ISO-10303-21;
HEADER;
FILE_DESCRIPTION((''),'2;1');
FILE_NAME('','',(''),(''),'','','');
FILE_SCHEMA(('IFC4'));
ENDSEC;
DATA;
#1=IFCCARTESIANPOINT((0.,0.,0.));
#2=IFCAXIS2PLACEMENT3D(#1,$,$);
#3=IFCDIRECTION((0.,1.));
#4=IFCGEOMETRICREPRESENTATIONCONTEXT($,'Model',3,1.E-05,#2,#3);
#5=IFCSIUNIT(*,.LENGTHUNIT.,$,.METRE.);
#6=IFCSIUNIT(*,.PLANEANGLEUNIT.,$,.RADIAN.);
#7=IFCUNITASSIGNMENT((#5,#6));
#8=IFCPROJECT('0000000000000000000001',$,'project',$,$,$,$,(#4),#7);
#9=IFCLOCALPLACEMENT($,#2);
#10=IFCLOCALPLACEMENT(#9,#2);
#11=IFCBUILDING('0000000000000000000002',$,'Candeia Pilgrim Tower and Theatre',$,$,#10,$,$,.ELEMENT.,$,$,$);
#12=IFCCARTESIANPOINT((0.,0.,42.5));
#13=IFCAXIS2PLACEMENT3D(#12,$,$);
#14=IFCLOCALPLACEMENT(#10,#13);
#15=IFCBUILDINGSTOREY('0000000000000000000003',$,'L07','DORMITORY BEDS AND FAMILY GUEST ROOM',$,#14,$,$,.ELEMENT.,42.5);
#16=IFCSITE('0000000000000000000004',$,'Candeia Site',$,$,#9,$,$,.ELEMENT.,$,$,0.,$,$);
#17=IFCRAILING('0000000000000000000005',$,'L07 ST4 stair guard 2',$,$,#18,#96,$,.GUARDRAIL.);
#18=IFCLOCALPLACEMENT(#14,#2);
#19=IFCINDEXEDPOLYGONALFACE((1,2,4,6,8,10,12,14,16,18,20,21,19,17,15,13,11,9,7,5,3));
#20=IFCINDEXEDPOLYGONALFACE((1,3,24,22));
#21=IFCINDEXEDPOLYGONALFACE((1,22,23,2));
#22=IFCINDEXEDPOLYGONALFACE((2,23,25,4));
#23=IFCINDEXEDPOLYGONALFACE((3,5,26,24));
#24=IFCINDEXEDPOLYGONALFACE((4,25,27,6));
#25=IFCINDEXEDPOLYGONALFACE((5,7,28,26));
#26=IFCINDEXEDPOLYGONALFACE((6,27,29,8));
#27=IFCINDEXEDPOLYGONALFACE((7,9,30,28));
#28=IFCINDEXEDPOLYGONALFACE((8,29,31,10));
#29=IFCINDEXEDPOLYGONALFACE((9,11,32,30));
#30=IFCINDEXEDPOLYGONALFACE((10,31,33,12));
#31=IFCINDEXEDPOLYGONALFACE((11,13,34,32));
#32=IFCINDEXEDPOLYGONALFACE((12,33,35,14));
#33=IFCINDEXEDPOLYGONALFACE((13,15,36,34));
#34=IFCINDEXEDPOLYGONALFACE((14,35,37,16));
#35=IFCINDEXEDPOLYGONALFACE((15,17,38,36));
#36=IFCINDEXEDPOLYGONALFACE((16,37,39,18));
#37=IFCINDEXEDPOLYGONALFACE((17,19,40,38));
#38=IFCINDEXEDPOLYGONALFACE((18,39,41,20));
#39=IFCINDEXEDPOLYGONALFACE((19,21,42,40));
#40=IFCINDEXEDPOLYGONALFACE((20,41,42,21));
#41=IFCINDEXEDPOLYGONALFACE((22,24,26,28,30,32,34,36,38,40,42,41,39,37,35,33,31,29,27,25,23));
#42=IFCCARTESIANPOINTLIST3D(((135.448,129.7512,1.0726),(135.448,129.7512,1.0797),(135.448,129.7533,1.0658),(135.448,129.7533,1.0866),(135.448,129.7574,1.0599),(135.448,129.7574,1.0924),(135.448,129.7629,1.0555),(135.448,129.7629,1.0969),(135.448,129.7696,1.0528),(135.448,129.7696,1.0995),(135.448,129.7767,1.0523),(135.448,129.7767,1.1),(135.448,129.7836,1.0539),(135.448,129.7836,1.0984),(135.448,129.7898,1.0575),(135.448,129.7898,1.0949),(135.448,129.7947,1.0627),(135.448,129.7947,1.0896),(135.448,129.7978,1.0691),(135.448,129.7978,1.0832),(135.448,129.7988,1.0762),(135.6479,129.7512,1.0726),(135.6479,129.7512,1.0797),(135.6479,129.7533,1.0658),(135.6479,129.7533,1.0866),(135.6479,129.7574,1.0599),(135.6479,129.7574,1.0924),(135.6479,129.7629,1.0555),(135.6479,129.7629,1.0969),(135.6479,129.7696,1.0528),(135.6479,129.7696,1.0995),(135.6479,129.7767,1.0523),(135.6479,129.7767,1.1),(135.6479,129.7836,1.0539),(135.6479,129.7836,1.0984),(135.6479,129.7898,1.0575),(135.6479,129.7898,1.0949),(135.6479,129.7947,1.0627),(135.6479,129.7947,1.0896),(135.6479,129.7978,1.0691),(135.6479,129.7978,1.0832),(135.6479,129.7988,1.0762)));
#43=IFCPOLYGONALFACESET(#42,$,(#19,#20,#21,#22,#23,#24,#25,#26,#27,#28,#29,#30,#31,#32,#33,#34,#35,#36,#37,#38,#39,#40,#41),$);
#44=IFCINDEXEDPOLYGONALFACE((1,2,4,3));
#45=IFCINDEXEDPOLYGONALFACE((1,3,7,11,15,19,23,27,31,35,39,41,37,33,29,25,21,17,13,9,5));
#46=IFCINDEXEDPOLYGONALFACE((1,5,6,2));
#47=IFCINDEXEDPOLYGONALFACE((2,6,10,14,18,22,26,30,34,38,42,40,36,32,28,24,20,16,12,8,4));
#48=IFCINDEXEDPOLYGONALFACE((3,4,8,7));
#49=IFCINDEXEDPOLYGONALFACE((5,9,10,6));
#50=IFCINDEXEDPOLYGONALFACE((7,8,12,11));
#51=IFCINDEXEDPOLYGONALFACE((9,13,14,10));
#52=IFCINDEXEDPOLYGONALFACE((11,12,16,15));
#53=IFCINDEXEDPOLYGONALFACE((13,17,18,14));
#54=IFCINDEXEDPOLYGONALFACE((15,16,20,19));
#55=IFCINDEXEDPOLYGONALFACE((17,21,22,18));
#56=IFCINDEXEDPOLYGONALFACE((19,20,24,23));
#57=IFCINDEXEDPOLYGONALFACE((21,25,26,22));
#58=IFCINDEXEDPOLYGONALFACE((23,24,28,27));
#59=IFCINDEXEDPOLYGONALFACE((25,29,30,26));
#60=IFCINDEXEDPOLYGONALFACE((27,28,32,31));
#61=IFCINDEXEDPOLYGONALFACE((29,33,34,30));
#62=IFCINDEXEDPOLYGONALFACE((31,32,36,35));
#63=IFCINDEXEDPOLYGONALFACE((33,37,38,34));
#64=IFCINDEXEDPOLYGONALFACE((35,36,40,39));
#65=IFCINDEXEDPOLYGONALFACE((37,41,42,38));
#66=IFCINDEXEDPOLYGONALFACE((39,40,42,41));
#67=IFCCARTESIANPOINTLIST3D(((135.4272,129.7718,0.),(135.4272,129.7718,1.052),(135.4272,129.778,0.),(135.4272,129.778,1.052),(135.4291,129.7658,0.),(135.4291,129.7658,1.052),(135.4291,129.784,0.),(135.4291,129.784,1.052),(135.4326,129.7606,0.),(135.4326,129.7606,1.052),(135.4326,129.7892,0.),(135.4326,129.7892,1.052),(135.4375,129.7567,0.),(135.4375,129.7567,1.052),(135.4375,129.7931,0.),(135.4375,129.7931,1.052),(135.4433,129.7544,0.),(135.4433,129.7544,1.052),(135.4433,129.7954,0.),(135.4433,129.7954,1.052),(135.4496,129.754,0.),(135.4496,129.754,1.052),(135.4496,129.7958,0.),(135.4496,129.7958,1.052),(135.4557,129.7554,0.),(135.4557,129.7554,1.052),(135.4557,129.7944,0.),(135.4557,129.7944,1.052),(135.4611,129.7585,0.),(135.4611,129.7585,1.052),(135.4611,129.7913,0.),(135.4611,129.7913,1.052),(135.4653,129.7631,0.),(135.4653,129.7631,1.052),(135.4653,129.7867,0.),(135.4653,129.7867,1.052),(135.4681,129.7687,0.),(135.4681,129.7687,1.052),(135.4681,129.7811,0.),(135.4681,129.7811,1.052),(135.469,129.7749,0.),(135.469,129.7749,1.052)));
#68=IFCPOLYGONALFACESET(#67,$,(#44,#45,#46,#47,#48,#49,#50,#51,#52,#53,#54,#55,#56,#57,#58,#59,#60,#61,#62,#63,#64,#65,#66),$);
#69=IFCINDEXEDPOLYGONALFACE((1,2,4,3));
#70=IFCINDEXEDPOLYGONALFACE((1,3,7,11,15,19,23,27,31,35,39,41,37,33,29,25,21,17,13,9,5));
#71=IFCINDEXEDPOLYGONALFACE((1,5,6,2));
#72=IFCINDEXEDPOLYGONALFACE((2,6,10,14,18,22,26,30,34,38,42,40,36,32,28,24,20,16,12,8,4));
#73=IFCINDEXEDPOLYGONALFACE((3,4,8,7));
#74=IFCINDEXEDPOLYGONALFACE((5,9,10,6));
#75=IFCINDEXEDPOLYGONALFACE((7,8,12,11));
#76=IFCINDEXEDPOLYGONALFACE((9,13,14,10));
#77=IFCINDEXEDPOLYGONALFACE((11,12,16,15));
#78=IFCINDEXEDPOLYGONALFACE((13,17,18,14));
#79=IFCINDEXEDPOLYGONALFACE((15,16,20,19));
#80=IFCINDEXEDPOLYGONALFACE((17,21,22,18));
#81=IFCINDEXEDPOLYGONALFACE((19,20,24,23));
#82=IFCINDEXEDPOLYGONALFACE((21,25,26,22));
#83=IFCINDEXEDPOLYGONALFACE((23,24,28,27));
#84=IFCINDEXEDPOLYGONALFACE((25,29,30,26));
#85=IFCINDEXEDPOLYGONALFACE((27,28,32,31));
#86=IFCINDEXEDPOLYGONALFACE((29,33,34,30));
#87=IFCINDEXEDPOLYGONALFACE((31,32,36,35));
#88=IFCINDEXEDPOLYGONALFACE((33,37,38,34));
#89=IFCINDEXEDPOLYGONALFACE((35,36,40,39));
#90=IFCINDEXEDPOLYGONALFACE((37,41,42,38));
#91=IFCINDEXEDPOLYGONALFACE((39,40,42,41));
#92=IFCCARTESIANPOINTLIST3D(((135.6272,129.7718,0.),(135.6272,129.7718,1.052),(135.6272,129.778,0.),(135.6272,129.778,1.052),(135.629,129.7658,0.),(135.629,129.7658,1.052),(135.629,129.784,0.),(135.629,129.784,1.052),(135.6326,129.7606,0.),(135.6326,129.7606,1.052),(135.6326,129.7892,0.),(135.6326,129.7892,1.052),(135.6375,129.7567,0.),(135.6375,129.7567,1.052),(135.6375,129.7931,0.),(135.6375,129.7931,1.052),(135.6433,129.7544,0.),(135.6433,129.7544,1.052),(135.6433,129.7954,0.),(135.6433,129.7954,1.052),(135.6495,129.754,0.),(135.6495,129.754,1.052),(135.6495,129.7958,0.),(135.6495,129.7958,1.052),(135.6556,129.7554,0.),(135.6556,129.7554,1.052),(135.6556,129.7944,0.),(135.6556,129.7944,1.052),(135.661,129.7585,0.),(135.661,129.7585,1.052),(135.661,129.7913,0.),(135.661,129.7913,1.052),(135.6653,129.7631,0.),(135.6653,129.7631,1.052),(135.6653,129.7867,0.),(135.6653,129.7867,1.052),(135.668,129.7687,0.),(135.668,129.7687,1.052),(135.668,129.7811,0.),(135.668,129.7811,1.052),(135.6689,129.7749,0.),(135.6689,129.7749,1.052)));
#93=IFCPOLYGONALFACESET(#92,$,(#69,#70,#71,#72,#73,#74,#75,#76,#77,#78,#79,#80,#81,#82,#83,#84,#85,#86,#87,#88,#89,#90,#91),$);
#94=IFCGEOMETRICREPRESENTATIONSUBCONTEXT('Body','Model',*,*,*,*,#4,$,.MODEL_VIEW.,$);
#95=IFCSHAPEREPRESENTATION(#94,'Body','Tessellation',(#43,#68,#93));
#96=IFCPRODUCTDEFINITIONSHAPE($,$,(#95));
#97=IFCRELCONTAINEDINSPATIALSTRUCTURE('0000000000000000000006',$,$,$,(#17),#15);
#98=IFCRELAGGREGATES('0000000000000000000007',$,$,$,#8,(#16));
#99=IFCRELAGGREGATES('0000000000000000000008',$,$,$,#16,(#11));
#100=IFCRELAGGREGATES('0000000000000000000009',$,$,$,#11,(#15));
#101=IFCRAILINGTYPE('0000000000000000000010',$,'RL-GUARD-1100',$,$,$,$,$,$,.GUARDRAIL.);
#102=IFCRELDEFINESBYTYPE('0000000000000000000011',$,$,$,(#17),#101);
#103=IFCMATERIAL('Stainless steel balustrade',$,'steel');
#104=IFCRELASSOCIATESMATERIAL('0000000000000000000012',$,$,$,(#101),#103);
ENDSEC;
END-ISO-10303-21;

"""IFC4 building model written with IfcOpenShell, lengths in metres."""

from ifc_helpers import new_model, si_unit, direction, frame, origin, origin_2d, place, context, subcontext, project, spatial, circle, extrude, material, type_object, element, save


model = new_model("IFC4")

# Units and contexts
model_context = context("Model", 3, precision=1e-05, world=origin(), true_north=direction((0.0, 1.0)))
body_context = subcontext(model_context, "Body", "Model", "MODEL_VIEW")
ifc_project = project(units=[si_unit("LENGTHUNIT", "METRE"), si_unit("PLANEANGLEUNIT", "RADIAN")], contexts=[model_context])

# Site, building, storey
site_placement = place(None, origin())
site = spatial("IfcSite", under=ifc_project, at=site_placement, Name="Candeia Site", CompositionType="ELEMENT", RefElevation=0.0)
building_placement = place(site_placement, origin())
building = spatial("IfcBuilding", under=site, at=building_placement, Name="Candeia Pilgrim Tower and Theatre", CompositionType="ELEMENT")
storey_placement = place(building_placement, frame((0.0, 0.0, 42.5)))
storey = spatial("IfcBuildingStorey", under=building, at=storey_placement, Name="L07", Description="DORMITORY BEDS AND FAMILY GUEST ROOM", CompositionType="ELEMENT", Elevation=42.5)

# Railing
ifc_material_1 = material(Name="Stainless steel balustrade", Category="steel")
railing_type_1 = type_object("IfcRailingType", Name="RL-GUARD-1100", PredefinedType="GUARDRAIL", material=ifc_material_1)
railing_1_placement = place(storey_placement, frame((135.448, 129.7749, 0.0)))
element("IfcRailing", 1, at=railing_1_placement, inside=storey, type_object=railing_type_1, Name="L07 ST4 stair guard 2", PredefinedType="GUARDRAIL", context=body_context, shape_type="SweptSolid", body=[
    extrude(circle(Radius=0.0239, at=origin_2d()), frame((0.0, 0.0, 1.0762), z_axis=(1.0, 0.0, 0.0), x_axis=(0.0, 1.0, 0.0)), (0.0, 0.0, 1.0), 0.2),
    extrude(circle(Radius=0.021, at=origin_2d()), origin(), (0.0, 0.0, 1.0), 1.052),
    extrude(circle(Radius=0.021, at=origin_2d()), frame((0.2, 0.0, 0.0)), (0.0, 0.0, 1.0), 1.052),
])

save(model, "model.ifc")
